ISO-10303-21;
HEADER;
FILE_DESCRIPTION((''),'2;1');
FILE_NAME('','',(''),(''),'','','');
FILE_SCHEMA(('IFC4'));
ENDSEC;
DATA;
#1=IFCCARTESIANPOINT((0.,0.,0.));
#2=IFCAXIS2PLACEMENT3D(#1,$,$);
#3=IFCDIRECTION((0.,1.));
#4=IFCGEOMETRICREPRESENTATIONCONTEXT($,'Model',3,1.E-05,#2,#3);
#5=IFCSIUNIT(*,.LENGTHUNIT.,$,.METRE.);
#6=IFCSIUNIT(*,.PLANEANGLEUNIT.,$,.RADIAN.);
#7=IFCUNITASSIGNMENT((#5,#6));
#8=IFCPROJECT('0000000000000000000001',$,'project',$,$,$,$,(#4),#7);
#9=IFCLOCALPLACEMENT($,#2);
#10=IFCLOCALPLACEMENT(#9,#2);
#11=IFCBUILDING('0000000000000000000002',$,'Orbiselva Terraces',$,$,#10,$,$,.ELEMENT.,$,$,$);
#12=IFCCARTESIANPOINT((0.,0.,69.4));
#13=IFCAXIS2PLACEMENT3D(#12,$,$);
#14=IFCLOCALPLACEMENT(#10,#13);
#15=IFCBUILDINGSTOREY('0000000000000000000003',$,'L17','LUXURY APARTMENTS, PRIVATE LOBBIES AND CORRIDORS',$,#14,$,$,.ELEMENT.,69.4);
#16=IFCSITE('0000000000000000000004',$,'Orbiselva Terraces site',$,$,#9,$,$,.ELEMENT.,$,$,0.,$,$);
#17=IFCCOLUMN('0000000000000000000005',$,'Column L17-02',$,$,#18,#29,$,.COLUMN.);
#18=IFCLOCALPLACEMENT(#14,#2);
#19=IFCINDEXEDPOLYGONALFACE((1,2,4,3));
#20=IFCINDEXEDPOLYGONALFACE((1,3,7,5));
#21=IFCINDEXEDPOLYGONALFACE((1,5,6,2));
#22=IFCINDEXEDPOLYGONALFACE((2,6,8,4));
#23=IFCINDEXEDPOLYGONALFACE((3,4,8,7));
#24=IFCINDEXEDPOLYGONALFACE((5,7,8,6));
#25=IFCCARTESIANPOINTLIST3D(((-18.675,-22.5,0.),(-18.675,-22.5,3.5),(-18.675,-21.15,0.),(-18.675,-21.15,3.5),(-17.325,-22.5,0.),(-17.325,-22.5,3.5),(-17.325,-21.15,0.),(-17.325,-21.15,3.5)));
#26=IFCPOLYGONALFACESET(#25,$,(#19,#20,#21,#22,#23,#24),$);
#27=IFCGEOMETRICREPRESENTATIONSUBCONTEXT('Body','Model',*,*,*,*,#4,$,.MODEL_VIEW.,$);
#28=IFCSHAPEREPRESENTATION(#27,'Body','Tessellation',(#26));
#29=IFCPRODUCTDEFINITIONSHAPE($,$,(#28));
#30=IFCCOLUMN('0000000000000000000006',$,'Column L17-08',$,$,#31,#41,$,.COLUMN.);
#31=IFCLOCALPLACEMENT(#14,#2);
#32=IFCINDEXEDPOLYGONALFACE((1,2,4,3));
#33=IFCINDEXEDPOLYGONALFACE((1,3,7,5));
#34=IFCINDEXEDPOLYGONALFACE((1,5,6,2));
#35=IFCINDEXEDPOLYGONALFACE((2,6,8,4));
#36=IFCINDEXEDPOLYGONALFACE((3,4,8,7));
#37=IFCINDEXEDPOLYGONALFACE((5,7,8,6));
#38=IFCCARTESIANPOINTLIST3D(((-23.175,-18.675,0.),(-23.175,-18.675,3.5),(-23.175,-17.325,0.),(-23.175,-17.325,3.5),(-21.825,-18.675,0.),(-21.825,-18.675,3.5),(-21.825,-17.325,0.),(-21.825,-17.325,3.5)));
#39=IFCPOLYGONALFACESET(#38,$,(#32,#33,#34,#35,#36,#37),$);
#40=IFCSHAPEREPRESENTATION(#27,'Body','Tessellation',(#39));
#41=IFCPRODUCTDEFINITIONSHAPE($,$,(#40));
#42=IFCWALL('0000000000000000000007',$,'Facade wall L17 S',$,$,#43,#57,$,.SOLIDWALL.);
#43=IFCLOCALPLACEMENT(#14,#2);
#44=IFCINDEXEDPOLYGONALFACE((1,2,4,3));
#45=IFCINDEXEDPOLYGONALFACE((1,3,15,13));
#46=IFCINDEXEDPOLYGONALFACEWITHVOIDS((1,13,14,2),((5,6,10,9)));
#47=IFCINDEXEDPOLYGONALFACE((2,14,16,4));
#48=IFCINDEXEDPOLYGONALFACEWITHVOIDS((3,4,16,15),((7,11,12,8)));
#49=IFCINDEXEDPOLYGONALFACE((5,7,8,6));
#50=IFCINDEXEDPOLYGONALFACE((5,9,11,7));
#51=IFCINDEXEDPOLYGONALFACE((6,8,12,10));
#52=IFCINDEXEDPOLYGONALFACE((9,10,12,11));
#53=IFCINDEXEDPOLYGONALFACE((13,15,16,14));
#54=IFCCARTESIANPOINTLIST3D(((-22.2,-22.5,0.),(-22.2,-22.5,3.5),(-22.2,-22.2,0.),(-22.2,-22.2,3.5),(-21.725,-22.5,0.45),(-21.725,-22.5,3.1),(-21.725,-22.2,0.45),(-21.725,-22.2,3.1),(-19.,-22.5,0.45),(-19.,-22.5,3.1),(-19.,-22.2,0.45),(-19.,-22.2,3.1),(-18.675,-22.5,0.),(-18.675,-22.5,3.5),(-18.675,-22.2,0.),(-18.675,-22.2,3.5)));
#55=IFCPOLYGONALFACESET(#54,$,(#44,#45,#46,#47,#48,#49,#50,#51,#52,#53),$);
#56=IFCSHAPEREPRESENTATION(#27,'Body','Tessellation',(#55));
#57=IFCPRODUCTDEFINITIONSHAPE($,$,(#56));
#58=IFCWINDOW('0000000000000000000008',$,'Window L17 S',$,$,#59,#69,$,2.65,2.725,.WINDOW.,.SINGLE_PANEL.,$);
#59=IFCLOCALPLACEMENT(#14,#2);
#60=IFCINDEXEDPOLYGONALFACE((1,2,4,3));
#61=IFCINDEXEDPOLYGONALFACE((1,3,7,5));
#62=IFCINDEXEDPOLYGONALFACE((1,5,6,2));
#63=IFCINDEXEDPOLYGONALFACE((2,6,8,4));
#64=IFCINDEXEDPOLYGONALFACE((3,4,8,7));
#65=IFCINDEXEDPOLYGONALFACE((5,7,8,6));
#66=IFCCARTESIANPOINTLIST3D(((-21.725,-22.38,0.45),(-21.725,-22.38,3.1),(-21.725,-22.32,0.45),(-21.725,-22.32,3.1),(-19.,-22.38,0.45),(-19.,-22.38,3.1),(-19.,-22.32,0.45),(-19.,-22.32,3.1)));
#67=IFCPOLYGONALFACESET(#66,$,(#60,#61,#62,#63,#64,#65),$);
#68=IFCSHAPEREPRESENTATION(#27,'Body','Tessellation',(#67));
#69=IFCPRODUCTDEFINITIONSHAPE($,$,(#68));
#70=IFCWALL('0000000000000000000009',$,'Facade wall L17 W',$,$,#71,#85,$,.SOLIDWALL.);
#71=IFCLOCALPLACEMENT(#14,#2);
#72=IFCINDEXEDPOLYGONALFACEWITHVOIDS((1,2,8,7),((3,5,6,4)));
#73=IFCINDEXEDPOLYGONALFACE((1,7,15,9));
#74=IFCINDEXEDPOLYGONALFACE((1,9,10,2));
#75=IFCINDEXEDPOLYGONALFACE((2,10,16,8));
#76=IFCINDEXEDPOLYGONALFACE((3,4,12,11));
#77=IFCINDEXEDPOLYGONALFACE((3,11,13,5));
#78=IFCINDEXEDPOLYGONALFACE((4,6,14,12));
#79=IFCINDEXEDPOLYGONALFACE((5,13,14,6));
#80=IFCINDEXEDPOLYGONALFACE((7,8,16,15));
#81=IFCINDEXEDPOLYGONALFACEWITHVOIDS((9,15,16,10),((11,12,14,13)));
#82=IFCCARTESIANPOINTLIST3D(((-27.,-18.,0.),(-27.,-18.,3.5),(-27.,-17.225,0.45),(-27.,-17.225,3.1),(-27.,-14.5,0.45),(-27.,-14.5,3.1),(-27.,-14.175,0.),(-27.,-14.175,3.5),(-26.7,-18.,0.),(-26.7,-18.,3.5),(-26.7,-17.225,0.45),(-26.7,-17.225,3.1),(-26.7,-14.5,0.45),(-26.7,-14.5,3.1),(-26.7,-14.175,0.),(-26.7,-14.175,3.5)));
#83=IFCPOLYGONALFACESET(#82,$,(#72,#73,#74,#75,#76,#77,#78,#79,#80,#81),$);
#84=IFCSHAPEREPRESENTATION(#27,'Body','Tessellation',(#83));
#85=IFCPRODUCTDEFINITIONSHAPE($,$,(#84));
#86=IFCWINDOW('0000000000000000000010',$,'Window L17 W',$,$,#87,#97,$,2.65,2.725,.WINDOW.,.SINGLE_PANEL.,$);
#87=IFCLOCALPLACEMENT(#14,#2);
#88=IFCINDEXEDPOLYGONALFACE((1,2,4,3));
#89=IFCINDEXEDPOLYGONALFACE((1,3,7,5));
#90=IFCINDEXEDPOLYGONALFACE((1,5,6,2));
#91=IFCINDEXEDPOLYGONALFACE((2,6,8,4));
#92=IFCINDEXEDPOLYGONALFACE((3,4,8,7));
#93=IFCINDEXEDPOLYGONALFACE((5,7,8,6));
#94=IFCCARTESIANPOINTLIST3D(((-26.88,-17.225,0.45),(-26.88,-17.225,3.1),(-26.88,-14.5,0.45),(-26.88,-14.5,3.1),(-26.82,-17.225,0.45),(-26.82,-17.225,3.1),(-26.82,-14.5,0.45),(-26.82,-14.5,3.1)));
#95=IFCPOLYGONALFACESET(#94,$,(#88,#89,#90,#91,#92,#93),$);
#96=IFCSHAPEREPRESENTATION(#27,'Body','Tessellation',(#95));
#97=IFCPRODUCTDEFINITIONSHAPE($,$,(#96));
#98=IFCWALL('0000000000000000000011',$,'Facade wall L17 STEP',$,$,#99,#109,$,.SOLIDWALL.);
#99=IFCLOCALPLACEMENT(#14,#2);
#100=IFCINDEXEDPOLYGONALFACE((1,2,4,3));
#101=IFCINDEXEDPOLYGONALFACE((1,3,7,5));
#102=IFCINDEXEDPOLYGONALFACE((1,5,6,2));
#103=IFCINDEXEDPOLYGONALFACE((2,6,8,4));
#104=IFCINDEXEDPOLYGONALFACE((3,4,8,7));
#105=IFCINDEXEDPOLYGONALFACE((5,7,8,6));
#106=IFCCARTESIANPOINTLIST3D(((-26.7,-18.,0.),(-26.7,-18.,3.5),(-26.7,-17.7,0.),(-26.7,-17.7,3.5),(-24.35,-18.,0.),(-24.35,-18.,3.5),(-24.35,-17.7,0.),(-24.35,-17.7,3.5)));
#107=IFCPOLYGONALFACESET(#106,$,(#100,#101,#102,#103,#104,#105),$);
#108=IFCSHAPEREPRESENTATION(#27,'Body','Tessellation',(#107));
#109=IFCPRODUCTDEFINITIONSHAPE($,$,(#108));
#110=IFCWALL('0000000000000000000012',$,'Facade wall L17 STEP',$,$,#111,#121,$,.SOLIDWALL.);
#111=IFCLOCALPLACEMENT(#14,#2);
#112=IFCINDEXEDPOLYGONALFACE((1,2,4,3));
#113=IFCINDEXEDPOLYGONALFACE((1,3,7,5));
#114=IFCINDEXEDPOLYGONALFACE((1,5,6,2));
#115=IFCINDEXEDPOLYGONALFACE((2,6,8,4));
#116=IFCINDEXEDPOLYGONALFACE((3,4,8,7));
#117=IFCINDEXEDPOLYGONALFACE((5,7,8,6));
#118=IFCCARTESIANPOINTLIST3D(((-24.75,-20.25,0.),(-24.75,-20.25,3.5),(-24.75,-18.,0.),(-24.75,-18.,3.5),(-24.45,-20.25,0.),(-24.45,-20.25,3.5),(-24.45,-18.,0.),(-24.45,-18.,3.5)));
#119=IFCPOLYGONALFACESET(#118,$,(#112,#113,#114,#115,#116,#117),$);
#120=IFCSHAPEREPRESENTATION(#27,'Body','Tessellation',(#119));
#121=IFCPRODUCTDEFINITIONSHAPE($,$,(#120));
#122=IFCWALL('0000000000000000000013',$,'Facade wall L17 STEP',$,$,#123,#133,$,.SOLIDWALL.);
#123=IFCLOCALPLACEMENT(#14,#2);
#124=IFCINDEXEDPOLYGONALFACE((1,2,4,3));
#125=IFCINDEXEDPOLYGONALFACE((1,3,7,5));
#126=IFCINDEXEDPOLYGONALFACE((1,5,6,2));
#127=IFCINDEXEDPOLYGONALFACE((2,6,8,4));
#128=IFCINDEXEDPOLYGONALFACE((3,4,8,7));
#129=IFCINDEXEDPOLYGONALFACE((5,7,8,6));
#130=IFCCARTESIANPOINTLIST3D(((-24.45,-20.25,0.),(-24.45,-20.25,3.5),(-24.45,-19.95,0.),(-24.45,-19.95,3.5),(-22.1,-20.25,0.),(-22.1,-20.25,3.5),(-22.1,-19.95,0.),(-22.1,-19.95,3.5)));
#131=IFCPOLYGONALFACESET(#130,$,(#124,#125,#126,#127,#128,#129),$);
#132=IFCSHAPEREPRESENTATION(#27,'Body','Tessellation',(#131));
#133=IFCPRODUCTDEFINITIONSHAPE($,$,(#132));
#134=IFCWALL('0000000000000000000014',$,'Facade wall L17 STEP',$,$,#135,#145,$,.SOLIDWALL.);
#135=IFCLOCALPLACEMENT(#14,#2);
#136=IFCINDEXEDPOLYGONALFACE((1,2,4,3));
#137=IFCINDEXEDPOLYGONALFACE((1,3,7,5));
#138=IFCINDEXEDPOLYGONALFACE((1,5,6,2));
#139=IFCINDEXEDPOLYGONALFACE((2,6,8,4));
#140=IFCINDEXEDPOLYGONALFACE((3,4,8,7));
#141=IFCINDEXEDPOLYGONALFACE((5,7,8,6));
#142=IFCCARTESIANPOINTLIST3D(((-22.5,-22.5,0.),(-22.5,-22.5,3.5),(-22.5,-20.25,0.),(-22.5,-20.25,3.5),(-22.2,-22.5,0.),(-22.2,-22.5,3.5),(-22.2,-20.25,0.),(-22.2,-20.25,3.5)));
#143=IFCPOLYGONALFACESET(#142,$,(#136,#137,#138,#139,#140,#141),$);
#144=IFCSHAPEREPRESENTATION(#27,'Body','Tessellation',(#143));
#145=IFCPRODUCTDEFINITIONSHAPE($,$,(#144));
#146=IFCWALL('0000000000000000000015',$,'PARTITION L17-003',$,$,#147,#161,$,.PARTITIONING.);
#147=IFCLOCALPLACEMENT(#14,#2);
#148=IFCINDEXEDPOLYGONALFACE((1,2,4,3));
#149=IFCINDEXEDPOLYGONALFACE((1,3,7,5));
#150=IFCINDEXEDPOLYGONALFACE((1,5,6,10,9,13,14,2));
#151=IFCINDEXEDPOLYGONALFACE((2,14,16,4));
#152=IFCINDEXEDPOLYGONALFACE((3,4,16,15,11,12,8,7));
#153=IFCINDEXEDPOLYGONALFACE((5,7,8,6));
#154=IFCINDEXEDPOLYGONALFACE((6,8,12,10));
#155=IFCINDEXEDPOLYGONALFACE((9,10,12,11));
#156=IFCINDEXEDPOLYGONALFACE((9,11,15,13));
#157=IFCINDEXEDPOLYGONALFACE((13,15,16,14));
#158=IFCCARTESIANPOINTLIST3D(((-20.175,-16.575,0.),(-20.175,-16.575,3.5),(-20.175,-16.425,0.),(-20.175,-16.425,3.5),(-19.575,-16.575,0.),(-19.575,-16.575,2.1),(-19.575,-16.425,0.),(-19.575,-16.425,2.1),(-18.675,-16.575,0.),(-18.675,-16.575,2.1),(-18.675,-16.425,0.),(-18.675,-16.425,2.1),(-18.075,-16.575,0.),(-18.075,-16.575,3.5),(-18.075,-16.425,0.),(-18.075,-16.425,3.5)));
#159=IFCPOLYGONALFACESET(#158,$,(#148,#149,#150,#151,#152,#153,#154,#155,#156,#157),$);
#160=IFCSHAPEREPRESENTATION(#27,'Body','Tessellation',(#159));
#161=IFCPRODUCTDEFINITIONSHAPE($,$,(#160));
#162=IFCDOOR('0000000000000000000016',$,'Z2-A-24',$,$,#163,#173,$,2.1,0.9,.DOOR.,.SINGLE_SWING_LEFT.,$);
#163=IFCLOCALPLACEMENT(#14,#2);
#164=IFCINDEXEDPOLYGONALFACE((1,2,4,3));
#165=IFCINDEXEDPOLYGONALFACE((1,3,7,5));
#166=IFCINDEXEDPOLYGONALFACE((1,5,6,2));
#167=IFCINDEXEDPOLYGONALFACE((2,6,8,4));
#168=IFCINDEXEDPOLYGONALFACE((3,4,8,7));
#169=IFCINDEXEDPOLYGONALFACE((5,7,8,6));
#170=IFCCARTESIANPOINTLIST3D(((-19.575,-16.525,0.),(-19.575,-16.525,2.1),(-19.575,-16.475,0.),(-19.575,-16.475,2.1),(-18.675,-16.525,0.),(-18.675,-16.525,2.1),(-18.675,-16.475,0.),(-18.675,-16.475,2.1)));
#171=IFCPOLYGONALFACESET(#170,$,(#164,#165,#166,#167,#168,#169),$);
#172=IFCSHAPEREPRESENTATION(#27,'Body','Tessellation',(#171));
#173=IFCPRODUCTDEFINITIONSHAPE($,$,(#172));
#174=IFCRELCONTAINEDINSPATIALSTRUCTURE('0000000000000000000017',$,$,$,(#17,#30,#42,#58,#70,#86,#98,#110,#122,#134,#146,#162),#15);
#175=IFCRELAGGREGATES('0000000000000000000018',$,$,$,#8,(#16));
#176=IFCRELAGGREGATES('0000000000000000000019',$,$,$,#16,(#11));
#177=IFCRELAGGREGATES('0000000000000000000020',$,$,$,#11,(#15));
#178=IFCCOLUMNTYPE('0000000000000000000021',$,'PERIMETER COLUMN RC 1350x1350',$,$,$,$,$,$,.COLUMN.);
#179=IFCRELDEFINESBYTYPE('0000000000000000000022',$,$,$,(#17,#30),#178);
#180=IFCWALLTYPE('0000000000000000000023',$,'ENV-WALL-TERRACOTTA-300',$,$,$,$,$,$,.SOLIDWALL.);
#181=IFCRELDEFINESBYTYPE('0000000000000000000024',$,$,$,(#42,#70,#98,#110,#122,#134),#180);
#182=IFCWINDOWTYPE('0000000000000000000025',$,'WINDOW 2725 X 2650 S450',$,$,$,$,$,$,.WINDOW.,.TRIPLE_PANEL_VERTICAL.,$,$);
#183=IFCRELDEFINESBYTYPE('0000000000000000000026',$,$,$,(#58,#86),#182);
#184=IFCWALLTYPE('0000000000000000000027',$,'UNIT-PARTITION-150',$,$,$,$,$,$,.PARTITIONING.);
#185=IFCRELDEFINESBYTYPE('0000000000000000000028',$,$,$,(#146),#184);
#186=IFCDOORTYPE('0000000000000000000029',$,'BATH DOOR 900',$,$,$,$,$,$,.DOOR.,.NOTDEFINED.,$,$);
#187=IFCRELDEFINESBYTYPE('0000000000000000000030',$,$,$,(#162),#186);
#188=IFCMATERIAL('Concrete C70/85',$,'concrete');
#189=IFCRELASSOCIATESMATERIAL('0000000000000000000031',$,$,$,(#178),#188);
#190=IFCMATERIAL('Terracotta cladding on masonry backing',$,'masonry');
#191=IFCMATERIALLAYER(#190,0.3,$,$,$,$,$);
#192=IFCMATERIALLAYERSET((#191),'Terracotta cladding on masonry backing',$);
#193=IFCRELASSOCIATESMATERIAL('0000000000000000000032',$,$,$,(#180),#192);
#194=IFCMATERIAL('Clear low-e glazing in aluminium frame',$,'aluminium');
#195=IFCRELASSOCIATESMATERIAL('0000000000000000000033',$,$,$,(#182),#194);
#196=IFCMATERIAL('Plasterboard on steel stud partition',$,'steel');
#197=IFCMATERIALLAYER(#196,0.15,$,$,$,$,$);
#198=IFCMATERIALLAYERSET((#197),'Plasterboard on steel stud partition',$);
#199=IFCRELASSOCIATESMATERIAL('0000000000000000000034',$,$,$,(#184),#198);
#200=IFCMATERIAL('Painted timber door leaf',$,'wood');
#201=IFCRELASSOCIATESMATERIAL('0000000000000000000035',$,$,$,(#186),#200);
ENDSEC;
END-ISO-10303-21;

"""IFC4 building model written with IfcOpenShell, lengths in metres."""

from ifc_helpers import new_model, si_unit, direction, frame, frame_2d, origin, origin_2d, place, context, subcontext, project, spatial, rectangle, extrude, material, layer, layer_set, material_profile, profile_set, type_object, element, fill, save


model = new_model("IFC4")

# Units and contexts
model_context = context("Model", 3, precision=1e-05, world=origin(), true_north=direction((0.0, 1.0)))
body_context = subcontext(model_context, "Body", "Model", "MODEL_VIEW")
ifc_project = project(units=[si_unit("LENGTHUNIT", "METRE"), si_unit("PLANEANGLEUNIT", "RADIAN")], contexts=[model_context])

# Site, building, storey
site_placement = place(None, origin())
site = spatial("IfcSite", under=ifc_project, at=site_placement, Name="Orbiselva Terraces site", CompositionType="ELEMENT", RefElevation=0.0)
building_placement = place(site_placement, origin())
building = spatial("IfcBuilding", under=site, at=building_placement, Name="Orbiselva Terraces", CompositionType="ELEMENT")
storey_placement = place(building_placement, frame((0.0, 0.0, 69.4)))
storey = spatial("IfcBuildingStorey", under=building, at=storey_placement, Name="L17", Description="LUXURY APARTMENTS, PRIVATE LOBBIES AND CORRIDORS", CompositionType="ELEMENT", Elevation=69.4)

# Columns
ifc_material_1 = material(Name="Concrete C70/85", Category="concrete")
ifc_material_profile = material_profile(ifc_material_1, rectangle(XDim=1.35, YDim=1.35, at=origin_2d()), Name="RC 1350x1350")
ifc_profile_set = profile_set([ifc_material_profile], Name="Concrete C70/85")
column_type = type_object("IfcColumnType", Name="PERIMETER COLUMN RC 1350x1350", PredefinedType="COLUMN", material=ifc_profile_set)
for number, where, z_axis, x_axis, name in (
    (1, (-18.0, -21.825, 0.0), (0.0, 0.0, 1.0), (1.0, 0.0, 0.0), "Column L17-02"),
    (2, (-22.5, -18.0, 0.0), (0.0, 0.0, 1.0), (1.0, 0.0, 0.0), "Column L17-08"),
):
    element("IfcColumn", number, at=place(storey_placement, frame(where, z_axis=z_axis, x_axis=x_axis)), inside=storey, type_object=column_type, Name=name, PredefinedType="COLUMN", context=body_context, shape_type="SweptSolid", body=[
        extrude(rectangle(XDim=1.35, YDim=1.35, at=origin_2d()), origin(), (0.0, 0.0, 1.0), 3.5),
    ])

# Walls, openings, windows
ifc_material_2 = material(Name="Terracotta cladding on masonry backing", Category="masonry")
ifc_layer_1 = layer(ifc_material_2, 0.3)
ifc_layer_set_1 = layer_set([ifc_layer_1], Name="Terracotta cladding on masonry backing")
wall_type_1 = type_object("IfcWallType", Name="ENV-WALL-TERRACOTTA-300", PredefinedType="SOLIDWALL", material=ifc_layer_set_1)
wall_1_placement = place(storey_placement, frame((-18.675, -22.35, 0.0), z_axis=(0.0, 0.0, 1.0), x_axis=(-1.0, 0.0, 0.0)))
wall_1 = element("IfcWall", 3, at=wall_1_placement, inside=storey, type_object=wall_type_1, Name="Facade wall L17 S", PredefinedType="SOLIDWALL", context=body_context, shape_type="SweptSolid", body=[
    extrude(rectangle(XDim=3.525, YDim=0.3, at=frame_2d((1.7625, 0.0))), origin(), (0.0, 0.0, 1.0), 3.5),
])
opening_1_placement = place(wall_1_placement, frame((0.325, 0.0, 0.45)))
opening_1 = element("IfcOpeningElement", 4, at=opening_1_placement, cuts=wall_1, PredefinedType="OPENING", context=body_context, shape_type="SweptSolid", body=[
    extrude(rectangle(XDim=2.725, YDim=2.65, at=frame_2d((1.3625, 1.325))), frame((0.0, 0.16, 0.0), z_axis=(0.0, -1.0, 0.0), x_axis=(1.0, 0.0, 0.0)), (0.0, 0.0, 1.0), 0.32),
])
ifc_material_3 = material(Name="Clear low-e glazing in aluminium frame", Category="aluminium")
window_type = type_object("IfcWindowType", Name="WINDOW 2725 X 2650 S450", PartitioningType="TRIPLE_PANEL_VERTICAL", PredefinedType="WINDOW", material=ifc_material_3)
window_1_placement = place(opening_1_placement, origin())
window_1 = element("IfcWindow", 5, at=window_1_placement, inside=storey, type_object=window_type, Name="Window L17 S", OverallHeight=2.65, OverallWidth=2.725, PartitioningType="SINGLE_PANEL", PredefinedType="WINDOW", context=body_context, shape_type="SweptSolid", body=[
    extrude(rectangle(XDim=2.725, YDim=2.65, at=frame_2d((1.3625, 1.325))), frame((0.0, 0.03, 0.0), z_axis=(0.0, -1.0, 0.0), x_axis=(1.0, 0.0, 0.0)), (0.0, 0.0, 1.0), 0.06),
])
fill(opening_1, window_1)
wall_2_placement = place(storey_placement, frame((-26.85, -18.0, 0.0), z_axis=(0.0, 0.0, 1.0), x_axis=(0.0, 1.0, 0.0)))
wall_2 = element("IfcWall", 6, at=wall_2_placement, inside=storey, type_object=wall_type_1, Name="Facade wall L17 W", PredefinedType="SOLIDWALL", context=body_context, shape_type="SweptSolid", body=[
    extrude(rectangle(XDim=3.825, YDim=0.3, at=frame_2d((1.9125, 0.0))), origin(), (0.0, 0.0, 1.0), 3.5),
])
opening_2_placement = place(wall_2_placement, frame((0.775, 0.0, 0.45)))
opening_2 = element("IfcOpeningElement", 7, at=opening_2_placement, cuts=wall_2, PredefinedType="OPENING", context=body_context, shape_type="SweptSolid", body=[
    extrude(rectangle(XDim=2.725, YDim=2.65, at=frame_2d((1.3625, 1.325))), frame((0.0, 0.16, 0.0), z_axis=(0.0, -1.0, 0.0), x_axis=(1.0, 0.0, 0.0)), (0.0, 0.0, 1.0), 0.32),
])
window_2_placement = place(opening_2_placement, origin())
window_2 = element("IfcWindow", 8, at=window_2_placement, inside=storey, type_object=window_type, Name="Window L17 W", OverallHeight=2.65, OverallWidth=2.725, PartitioningType="SINGLE_PANEL", PredefinedType="WINDOW", context=body_context, shape_type="SweptSolid", body=[
    extrude(rectangle(XDim=2.725, YDim=2.65, at=frame_2d((1.3625, 1.325))), frame((0.0, 0.03, 0.0), z_axis=(0.0, -1.0, 0.0), x_axis=(1.0, 0.0, 0.0)), (0.0, 0.0, 1.0), 0.06),
])
fill(opening_2, window_2)

# Walls
wall_3_placement = place(storey_placement, frame((-24.35, -17.85, 0.0), z_axis=(0.0, 0.0, 1.0), x_axis=(-1.0, 0.0, 0.0)))
element("IfcWall", 9, at=wall_3_placement, inside=storey, type_object=wall_type_1, Name="Facade wall L17 STEP", PredefinedType="SOLIDWALL", context=body_context, shape_type="SweptSolid", body=[
    extrude(rectangle(XDim=2.35, YDim=0.3, at=frame_2d((1.175, 0.0))), origin(), (0.0, 0.0, 1.0), 3.5),
])
wall_4_placement = place(storey_placement, frame((-24.6, -20.25, 0.0), z_axis=(0.0, 0.0, 1.0), x_axis=(0.0, 1.0, 0.0)))
element("IfcWall", 10, at=wall_4_placement, inside=storey, type_object=wall_type_1, Name="Facade wall L17 STEP", PredefinedType="SOLIDWALL", context=body_context, shape_type="SweptSolid", body=[
    extrude(rectangle(XDim=2.25, YDim=0.3, at=frame_2d((1.125, 0.0))), origin(), (0.0, 0.0, 1.0), 3.5),
])
wall_5_placement = place(storey_placement, frame((-22.1, -20.1, 0.0), z_axis=(0.0, 0.0, 1.0), x_axis=(-1.0, 0.0, 0.0)))
element("IfcWall", 11, at=wall_5_placement, inside=storey, type_object=wall_type_1, Name="Facade wall L17 STEP", PredefinedType="SOLIDWALL", context=body_context, shape_type="SweptSolid", body=[
    extrude(rectangle(XDim=2.35, YDim=0.3, at=frame_2d((1.175, 0.0))), origin(), (0.0, 0.0, 1.0), 3.5),
])
wall_6_placement = place(storey_placement, frame((-22.35, -22.5, 0.0), z_axis=(0.0, 0.0, 1.0), x_axis=(0.0, 1.0, 0.0)))
element("IfcWall", 12, at=wall_6_placement, inside=storey, type_object=wall_type_1, Name="Facade wall L17 STEP", PredefinedType="SOLIDWALL", context=body_context, shape_type="SweptSolid", body=[
    extrude(rectangle(XDim=2.25, YDim=0.3, at=frame_2d((1.125, 0.0))), origin(), (0.0, 0.0, 1.0), 3.5),
])

# Wall, opening, door
ifc_material_4 = material(Name="Plasterboard on steel stud partition", Category="steel")
ifc_layer_2 = layer(ifc_material_4, 0.15)
ifc_layer_set_2 = layer_set([ifc_layer_2], Name="Plasterboard on steel stud partition")
wall_type_2 = type_object("IfcWallType", Name="UNIT-PARTITION-150", PredefinedType="PARTITIONING", material=ifc_layer_set_2)
wall_7_placement = place(storey_placement, frame((-20.175, -16.5, 0.0), z_axis=(0.0, 0.0, 1.0), x_axis=(1.0, 0.0, 0.0)))
wall_7 = element("IfcWall", 13, at=wall_7_placement, inside=storey, type_object=wall_type_2, Name="PARTITION L17-003", PredefinedType="PARTITIONING", context=body_context, shape_type="SweptSolid", body=[
    extrude(rectangle(XDim=2.1, YDim=0.15, at=frame_2d((1.05, 0.0))), origin(), (0.0, 0.0, 1.0), 3.5),
])
opening_3_placement = place(wall_7_placement, frame((0.6, 0.0, 0.0)))
opening_3 = element("IfcOpeningElement", 14, at=opening_3_placement, cuts=wall_7, PredefinedType="OPENING", context=body_context, shape_type="SweptSolid", body=[
    extrude(rectangle(XDim=0.9, YDim=2.1, at=frame_2d((0.45, 1.05))), frame((0.0, 0.085, 0.0), z_axis=(0.0, -1.0, 0.0), x_axis=(1.0, 0.0, 0.0)), (0.0, 0.0, 1.0), 0.17),
])
ifc_material_5 = material(Name="Painted timber door leaf", Category="wood")
door_type = type_object("IfcDoorType", Name="BATH DOOR 900", OperationType="NOTDEFINED", PredefinedType="DOOR", material=ifc_material_5)
door_placement = place(opening_3_placement, origin())
door = element("IfcDoor", 15, at=door_placement, inside=storey, type_object=door_type, Name="Z2-A-24", OperationType="SINGLE_SWING_LEFT", OverallHeight=2.1, OverallWidth=0.9, PredefinedType="DOOR", context=body_context, shape_type="SweptSolid", body=[
    extrude(rectangle(XDim=0.9, YDim=2.1, at=frame_2d((0.45, 1.05))), frame((0.0, 0.025, 0.0), z_axis=(0.0, -1.0, 0.0), x_axis=(1.0, 0.0, 0.0)), (0.0, 0.0, 1.0), 0.05),
])
fill(opening_3, door)

save(model, "model.ifc")
